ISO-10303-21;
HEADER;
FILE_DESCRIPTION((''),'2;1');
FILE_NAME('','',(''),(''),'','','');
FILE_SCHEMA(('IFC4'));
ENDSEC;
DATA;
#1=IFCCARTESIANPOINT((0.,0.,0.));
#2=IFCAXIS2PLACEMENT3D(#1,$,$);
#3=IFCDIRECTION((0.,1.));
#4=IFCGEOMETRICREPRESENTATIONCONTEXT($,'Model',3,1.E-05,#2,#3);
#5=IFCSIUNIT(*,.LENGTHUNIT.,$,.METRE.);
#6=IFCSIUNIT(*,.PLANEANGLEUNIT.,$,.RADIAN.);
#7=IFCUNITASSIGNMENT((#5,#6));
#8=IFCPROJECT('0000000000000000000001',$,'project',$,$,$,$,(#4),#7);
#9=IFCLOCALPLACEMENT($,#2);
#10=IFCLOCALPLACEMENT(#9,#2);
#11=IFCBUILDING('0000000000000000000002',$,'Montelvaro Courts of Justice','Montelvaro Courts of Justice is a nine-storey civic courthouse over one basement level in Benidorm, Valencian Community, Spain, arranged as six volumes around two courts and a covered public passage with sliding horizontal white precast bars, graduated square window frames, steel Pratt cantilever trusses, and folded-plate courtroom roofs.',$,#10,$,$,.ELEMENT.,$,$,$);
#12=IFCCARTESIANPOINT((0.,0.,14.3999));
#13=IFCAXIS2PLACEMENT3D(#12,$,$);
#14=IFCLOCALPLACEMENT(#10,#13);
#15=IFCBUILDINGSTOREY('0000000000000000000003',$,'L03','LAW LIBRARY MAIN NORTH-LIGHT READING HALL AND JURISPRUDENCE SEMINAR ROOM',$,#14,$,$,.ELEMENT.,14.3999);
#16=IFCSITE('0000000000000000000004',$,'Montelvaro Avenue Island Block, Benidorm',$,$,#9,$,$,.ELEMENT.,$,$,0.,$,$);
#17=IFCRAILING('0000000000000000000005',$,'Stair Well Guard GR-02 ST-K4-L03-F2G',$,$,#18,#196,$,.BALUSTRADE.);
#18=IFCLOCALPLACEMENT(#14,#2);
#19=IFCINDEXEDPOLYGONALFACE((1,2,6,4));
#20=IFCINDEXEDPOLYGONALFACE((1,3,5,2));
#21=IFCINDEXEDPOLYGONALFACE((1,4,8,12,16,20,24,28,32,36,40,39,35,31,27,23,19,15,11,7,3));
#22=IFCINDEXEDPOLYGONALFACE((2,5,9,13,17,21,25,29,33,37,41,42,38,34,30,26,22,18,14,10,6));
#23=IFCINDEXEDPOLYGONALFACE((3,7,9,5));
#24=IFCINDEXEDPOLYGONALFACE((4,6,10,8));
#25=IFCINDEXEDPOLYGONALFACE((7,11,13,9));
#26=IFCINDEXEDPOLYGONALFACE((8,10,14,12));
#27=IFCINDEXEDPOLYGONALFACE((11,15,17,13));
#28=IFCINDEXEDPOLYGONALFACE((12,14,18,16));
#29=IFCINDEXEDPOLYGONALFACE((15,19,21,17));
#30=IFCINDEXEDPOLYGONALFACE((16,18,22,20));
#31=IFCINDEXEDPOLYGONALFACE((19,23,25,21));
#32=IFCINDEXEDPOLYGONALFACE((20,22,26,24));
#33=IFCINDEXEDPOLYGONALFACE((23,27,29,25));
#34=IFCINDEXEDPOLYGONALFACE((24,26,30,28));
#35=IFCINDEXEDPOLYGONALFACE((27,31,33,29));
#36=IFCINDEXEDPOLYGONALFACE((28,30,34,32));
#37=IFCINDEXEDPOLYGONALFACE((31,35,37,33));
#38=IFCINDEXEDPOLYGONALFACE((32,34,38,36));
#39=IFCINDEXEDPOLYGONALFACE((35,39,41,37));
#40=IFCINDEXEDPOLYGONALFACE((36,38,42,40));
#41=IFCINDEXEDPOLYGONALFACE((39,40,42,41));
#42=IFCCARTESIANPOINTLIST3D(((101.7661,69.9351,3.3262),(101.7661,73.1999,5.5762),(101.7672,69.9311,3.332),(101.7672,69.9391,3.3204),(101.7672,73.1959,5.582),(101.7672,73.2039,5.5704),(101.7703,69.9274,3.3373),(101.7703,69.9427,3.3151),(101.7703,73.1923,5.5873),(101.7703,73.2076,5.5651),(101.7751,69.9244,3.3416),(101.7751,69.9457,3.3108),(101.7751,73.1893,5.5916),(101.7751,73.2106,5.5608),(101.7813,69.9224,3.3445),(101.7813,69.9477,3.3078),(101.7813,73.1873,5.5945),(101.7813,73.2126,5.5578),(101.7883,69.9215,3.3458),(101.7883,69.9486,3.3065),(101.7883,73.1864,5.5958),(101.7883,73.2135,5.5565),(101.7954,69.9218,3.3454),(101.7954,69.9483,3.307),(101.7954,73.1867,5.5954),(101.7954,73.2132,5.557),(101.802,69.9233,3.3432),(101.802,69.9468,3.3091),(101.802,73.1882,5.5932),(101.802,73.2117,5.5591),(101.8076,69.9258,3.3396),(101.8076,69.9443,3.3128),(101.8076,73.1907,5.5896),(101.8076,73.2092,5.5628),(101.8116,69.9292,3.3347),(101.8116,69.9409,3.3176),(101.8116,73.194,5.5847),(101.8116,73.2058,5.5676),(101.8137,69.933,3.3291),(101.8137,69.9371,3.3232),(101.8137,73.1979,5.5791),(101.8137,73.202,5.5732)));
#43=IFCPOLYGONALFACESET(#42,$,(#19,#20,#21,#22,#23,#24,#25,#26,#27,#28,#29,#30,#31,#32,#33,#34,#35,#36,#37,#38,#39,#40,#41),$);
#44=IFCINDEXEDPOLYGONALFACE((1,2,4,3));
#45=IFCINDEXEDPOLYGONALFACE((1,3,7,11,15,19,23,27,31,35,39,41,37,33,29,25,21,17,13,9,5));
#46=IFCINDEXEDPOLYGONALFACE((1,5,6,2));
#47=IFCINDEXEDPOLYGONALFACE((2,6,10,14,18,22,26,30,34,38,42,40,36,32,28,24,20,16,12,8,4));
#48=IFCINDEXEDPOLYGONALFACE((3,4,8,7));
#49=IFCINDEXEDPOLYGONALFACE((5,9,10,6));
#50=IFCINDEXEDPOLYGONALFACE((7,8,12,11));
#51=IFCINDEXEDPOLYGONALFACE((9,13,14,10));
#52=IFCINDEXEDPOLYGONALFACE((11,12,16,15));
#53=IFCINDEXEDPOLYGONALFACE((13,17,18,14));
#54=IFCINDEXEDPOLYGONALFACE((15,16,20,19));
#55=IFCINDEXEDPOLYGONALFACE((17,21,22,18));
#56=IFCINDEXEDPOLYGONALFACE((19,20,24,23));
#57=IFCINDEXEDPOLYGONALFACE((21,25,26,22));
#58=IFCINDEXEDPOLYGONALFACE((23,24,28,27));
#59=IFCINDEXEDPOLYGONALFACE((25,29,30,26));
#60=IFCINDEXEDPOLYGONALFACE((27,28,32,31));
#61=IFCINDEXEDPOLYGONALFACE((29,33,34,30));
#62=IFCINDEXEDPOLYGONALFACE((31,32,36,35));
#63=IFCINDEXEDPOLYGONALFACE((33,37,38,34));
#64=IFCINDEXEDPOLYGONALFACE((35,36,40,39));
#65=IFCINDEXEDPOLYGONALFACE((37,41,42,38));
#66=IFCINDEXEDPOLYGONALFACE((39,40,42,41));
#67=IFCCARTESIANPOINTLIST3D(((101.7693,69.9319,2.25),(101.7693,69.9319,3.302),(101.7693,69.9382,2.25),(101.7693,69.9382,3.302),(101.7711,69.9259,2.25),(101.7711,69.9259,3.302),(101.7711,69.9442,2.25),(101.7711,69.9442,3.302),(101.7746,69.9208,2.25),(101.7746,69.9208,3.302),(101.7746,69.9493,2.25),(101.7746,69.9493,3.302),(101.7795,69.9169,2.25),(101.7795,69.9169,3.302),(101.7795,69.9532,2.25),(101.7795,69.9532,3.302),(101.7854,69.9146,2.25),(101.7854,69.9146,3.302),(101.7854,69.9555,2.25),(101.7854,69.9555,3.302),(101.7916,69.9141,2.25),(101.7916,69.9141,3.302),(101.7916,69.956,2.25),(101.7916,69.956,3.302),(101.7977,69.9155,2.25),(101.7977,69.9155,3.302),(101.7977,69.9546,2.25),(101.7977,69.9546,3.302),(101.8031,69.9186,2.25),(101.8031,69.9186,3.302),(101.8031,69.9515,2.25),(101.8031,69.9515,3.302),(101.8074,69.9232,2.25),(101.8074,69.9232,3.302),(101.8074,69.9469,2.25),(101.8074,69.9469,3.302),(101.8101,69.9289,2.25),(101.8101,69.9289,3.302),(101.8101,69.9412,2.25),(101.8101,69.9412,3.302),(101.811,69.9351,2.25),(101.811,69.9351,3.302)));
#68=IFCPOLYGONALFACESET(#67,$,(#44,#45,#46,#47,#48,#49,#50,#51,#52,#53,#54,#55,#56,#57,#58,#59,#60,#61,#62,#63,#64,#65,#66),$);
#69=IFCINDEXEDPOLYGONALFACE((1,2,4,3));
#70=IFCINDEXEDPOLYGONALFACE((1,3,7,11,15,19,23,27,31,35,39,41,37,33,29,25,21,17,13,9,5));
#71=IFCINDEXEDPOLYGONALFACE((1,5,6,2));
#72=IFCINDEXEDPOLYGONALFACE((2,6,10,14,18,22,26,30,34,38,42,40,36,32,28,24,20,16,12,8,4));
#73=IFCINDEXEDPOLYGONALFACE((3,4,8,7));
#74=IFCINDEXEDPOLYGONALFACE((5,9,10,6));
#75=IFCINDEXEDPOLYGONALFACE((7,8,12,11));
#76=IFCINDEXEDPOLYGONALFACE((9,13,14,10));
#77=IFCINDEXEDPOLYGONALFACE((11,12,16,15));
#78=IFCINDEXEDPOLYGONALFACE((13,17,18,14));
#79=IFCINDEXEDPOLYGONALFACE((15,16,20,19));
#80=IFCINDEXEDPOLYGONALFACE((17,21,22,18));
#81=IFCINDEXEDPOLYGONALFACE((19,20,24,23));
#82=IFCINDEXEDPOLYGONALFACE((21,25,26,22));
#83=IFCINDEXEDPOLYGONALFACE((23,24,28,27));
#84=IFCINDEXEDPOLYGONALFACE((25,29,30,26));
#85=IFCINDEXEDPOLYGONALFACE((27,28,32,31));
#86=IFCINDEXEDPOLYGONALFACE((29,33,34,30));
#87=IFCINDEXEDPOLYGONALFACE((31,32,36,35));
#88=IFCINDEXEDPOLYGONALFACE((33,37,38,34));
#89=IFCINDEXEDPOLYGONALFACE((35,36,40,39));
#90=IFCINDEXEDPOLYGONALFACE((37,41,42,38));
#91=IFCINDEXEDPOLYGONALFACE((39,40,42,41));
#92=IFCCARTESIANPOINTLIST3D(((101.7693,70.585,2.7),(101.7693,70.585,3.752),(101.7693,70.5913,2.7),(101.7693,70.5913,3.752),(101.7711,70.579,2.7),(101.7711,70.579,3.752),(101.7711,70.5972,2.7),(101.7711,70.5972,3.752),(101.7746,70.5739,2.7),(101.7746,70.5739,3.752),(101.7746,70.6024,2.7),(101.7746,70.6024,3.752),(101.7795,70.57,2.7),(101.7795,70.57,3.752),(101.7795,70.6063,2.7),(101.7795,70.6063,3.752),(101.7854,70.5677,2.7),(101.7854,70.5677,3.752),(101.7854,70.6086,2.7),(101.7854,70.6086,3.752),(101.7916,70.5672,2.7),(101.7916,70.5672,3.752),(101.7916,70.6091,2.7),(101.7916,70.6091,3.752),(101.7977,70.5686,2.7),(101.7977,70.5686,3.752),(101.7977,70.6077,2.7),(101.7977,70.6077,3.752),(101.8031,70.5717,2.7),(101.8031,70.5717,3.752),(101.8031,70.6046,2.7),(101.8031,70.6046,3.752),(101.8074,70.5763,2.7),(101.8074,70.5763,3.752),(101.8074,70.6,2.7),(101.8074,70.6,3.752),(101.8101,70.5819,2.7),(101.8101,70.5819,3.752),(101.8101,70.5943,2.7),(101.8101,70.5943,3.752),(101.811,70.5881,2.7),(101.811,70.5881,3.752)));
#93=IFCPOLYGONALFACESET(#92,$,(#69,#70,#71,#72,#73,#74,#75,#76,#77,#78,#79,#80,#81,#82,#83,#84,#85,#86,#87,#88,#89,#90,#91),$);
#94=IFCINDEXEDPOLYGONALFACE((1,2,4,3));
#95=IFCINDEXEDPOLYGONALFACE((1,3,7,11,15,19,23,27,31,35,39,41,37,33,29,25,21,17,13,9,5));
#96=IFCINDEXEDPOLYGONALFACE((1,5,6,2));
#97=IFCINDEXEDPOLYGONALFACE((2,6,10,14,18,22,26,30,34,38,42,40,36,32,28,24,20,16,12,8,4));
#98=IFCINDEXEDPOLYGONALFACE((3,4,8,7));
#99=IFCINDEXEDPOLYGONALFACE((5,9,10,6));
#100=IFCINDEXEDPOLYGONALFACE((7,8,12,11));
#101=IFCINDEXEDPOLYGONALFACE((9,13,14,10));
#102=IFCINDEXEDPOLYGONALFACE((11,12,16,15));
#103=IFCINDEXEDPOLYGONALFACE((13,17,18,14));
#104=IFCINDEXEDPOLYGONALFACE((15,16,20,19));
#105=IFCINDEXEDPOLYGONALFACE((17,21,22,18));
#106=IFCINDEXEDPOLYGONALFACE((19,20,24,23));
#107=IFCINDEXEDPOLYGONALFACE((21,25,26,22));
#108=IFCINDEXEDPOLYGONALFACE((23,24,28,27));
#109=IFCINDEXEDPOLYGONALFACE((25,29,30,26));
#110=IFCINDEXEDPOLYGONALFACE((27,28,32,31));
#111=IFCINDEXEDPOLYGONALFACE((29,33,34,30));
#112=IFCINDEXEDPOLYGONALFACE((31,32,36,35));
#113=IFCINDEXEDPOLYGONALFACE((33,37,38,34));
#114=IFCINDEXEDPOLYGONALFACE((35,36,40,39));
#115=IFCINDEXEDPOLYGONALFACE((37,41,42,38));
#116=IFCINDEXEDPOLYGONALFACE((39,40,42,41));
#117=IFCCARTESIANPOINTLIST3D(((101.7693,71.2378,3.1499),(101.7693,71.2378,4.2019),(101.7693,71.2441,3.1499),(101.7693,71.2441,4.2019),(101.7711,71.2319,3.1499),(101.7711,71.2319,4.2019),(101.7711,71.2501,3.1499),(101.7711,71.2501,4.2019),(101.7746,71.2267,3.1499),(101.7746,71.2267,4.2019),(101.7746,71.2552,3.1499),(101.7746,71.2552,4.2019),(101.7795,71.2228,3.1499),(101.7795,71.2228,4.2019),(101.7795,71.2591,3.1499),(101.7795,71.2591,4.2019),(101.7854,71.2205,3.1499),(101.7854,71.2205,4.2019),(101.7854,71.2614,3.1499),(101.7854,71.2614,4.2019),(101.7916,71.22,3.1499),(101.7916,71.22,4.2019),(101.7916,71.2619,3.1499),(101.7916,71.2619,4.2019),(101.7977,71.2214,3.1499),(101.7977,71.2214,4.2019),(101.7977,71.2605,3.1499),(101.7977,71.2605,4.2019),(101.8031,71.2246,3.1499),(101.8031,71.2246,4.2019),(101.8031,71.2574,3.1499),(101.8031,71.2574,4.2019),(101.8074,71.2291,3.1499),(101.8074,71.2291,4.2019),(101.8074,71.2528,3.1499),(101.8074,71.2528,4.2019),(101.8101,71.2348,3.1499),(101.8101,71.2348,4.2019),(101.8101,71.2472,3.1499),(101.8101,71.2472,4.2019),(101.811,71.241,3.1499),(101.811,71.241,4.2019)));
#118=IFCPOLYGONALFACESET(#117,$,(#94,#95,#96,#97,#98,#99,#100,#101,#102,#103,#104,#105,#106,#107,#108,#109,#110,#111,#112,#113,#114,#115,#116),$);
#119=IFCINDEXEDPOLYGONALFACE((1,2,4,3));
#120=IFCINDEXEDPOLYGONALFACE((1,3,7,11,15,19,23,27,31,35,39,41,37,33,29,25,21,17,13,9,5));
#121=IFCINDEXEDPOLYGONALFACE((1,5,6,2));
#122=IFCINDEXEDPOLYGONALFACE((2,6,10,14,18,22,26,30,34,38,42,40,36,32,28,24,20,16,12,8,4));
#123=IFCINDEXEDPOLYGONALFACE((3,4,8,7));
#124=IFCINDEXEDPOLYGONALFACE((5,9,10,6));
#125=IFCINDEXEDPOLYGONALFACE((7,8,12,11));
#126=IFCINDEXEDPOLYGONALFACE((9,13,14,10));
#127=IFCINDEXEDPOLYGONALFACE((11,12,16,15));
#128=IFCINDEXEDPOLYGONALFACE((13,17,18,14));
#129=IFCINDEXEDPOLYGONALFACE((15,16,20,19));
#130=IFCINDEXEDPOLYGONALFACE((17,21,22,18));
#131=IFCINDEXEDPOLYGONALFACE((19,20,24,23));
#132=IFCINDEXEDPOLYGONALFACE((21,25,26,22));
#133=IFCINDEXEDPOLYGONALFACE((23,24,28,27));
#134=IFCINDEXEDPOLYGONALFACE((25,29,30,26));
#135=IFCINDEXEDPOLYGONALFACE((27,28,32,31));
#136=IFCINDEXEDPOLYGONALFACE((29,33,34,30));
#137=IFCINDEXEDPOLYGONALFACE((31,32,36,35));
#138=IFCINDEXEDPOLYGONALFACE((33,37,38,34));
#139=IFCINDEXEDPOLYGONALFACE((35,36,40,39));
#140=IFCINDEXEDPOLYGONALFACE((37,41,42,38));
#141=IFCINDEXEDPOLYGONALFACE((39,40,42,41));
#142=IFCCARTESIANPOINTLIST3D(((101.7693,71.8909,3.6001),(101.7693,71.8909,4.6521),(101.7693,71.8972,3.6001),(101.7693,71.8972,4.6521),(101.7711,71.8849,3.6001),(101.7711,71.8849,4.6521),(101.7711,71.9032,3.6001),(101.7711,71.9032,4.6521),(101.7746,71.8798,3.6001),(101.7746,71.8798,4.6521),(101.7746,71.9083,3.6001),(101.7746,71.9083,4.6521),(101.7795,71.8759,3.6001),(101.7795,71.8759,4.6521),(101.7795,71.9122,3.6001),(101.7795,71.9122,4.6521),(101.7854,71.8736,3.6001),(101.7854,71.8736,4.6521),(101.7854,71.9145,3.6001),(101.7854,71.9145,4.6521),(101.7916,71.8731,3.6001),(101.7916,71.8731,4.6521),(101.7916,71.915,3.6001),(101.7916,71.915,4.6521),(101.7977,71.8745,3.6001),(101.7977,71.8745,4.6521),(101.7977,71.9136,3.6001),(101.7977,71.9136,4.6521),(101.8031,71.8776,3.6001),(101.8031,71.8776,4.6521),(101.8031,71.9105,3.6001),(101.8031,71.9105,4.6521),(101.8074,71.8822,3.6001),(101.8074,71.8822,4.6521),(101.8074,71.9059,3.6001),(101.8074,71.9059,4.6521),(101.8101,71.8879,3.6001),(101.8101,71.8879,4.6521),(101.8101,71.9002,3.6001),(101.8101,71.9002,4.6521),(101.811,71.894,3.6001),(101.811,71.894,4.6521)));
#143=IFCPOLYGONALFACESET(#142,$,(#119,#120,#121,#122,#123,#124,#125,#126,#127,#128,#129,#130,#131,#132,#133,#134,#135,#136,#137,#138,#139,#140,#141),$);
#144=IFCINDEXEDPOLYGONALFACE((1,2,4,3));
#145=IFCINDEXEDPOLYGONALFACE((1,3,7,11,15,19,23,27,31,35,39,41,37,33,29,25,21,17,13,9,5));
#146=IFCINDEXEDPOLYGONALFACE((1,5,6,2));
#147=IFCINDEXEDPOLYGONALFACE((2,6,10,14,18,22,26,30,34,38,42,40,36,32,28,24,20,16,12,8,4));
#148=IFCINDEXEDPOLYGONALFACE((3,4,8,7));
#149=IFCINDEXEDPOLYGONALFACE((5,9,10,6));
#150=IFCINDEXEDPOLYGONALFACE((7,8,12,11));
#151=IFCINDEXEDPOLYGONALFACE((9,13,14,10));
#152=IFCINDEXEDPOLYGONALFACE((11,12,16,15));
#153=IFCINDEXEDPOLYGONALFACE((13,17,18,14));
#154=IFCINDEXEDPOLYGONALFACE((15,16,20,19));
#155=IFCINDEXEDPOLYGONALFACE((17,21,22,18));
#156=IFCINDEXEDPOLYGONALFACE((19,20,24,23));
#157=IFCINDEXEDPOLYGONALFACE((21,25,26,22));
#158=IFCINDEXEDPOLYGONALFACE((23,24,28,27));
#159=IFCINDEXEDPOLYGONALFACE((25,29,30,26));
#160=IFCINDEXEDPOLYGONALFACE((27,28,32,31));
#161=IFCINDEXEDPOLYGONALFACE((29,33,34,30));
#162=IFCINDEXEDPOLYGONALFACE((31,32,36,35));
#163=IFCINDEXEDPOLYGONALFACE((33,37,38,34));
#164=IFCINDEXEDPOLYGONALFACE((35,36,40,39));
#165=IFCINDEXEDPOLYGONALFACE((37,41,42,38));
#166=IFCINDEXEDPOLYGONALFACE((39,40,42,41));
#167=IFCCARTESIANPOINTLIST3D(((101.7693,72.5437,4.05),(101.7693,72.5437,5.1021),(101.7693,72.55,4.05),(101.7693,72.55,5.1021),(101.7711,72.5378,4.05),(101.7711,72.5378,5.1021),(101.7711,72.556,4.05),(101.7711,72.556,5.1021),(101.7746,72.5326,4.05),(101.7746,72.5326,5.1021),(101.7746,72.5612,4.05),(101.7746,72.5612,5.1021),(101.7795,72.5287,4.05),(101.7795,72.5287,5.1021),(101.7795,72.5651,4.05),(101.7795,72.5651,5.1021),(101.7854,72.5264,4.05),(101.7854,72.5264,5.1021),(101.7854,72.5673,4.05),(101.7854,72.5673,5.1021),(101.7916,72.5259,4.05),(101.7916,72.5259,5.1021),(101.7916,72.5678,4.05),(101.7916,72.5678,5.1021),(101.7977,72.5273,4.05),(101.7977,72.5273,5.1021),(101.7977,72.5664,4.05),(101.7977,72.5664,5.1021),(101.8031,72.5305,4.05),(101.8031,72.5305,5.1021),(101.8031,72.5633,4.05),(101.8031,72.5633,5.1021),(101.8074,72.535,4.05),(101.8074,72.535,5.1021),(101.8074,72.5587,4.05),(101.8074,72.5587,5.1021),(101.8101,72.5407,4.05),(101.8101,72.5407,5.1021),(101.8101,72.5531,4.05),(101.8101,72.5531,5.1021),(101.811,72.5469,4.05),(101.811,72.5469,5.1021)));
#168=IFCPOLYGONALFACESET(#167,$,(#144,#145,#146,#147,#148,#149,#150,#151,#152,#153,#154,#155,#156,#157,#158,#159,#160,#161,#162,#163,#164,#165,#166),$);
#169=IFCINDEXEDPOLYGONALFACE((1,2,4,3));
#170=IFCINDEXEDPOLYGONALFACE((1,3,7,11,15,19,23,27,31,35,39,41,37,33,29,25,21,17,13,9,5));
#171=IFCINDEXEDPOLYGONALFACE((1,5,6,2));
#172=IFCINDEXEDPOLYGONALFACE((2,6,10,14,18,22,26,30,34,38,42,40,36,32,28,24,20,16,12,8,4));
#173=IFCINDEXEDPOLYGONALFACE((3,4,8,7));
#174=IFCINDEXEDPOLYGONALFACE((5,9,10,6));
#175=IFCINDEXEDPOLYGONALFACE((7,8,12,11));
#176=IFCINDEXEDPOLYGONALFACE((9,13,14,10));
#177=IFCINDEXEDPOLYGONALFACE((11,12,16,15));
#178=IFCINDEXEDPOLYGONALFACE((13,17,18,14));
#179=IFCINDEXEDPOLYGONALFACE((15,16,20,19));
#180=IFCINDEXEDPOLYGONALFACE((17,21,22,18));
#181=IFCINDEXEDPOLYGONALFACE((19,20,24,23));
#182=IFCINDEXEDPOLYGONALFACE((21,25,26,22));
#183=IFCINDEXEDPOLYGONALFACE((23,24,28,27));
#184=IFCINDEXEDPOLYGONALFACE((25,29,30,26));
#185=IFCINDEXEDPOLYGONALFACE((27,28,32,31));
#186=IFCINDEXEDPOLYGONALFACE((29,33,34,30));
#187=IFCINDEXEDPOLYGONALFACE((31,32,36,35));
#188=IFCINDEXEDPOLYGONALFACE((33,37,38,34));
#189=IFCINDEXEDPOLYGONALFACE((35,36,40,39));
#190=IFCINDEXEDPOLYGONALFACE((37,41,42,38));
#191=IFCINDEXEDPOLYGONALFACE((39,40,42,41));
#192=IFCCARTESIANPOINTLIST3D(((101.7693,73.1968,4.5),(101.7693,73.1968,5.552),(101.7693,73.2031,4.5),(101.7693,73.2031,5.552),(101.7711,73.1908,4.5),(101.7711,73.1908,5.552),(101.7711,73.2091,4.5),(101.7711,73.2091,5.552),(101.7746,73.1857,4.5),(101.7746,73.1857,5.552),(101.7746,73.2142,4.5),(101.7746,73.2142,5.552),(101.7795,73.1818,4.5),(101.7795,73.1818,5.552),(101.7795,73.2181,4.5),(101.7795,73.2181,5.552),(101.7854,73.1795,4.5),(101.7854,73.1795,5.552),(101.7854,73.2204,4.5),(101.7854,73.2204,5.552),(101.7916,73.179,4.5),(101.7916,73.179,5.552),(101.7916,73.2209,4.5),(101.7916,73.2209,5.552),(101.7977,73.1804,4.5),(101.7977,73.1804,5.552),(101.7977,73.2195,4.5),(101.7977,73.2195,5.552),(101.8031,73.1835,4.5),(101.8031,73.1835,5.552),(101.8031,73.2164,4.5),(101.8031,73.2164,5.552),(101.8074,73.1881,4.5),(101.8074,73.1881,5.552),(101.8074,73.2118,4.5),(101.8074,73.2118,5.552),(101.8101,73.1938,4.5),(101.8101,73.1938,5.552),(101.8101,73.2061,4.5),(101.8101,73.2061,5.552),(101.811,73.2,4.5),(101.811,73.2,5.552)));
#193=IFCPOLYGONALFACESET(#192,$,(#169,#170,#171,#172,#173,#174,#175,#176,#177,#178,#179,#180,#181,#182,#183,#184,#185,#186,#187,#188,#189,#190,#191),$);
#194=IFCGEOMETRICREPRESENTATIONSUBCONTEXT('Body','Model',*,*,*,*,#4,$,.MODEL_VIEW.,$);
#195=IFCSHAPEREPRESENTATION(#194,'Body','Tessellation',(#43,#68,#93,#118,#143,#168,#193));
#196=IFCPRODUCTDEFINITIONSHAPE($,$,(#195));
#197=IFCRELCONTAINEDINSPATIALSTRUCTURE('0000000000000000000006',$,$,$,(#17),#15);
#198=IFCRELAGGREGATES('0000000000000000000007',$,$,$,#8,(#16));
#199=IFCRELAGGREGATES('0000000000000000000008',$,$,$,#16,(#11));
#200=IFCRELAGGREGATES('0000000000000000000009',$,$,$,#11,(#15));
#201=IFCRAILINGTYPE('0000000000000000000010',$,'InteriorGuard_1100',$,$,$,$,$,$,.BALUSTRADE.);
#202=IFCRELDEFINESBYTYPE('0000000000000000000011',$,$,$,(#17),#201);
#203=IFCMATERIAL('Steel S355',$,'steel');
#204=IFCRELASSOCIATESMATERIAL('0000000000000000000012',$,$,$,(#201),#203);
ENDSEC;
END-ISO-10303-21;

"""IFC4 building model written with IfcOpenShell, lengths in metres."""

from ifc_helpers import new_model, si_unit, direction, frame, origin, origin_2d, place, context, subcontext, project, spatial, circle, extrude, material, type_object, element, save


model = new_model("IFC4")

# Units and contexts
model_context = context("Model", 3, precision=1e-05, world=origin(), true_north=direction((0.0, 1.0)))
body_context = subcontext(model_context, "Body", "Model", "MODEL_VIEW")
ifc_project = project(units=[si_unit("LENGTHUNIT", "METRE"), si_unit("PLANEANGLEUNIT", "RADIAN")], contexts=[model_context])

# Site, building, storey
site_placement = place(None, origin())
site = spatial("IfcSite", under=ifc_project, at=site_placement, Name="Montelvaro Avenue Island Block, Benidorm", CompositionType="ELEMENT", RefElevation=0.0)
building_placement = place(site_placement, origin())
building = spatial("IfcBuilding", under=site, at=building_placement, Name="Montelvaro Courts of Justice", Description="Montelvaro Courts of Justice is a nine-storey civic courthouse over one basement level in Benidorm, Valencian Community, Spain, arranged as six volumes around two courts and a covered public passage with sliding horizontal white precast bars, graduated square window frames, steel Pratt cantilever trusses, and folded-plate courtroom roofs.", CompositionType="ELEMENT")
storey_placement = place(building_placement, frame((0.0, 0.0, 14.3999)))
storey = spatial("IfcBuildingStorey", under=building, at=storey_placement, Name="L03", Description="LAW LIBRARY MAIN NORTH-LIGHT READING HALL AND JURISPRUDENCE SEMINAR ROOM", CompositionType="ELEMENT", Elevation=14.3999)

# Shared definitions
ifc_material_1 = material(Name="Steel S355", Category="steel")

# Railing
railing_type_1 = type_object("IfcRailingType", Name="InteriorGuard_1100", PredefinedType="BALUSTRADE", material=ifc_material_1)
railing_1_placement = place(storey_placement, frame((101.79, 69.9351, 2.25)))
element("IfcRailing", 1, at=railing_1_placement, inside=storey, type_object=railing_type_1, Name="Stair Well Guard GR-02 ST-K4-L03-F2G", PredefinedType="BALUSTRADE", context=body_context, shape_type="SweptSolid", body=[
    extrude(circle(Radius=0.0239, at=origin_2d()), frame((0.0, 0.0, 1.0762), z_axis=(0.0, 0.823407, 0.567451), x_axis=(-1.0, 0.0, 0.0)), (0.0, 0.0, 1.0), 3.9651),
    extrude(circle(Radius=0.021, at=origin_2d()), origin(), (0.0, 0.0, 1.0), 1.052),
    extrude(circle(Radius=0.021, at=origin_2d()), frame((0.0, 0.6531, 0.45)), (0.0, 0.0, 1.0), 1.052),
    extrude(circle(Radius=0.021, at=origin_2d()), frame((0.0, 1.3059, 0.8999)), (0.0, 0.0, 1.0), 1.052),
    extrude(circle(Radius=0.021, at=origin_2d()), frame((0.0, 1.959, 1.3501)), (0.0, 0.0, 1.0), 1.052),
    extrude(circle(Radius=0.021, at=origin_2d()), frame((0.0, 2.6118, 1.8)), (0.0, 0.0, 1.0), 1.052),
    extrude(circle(Radius=0.021, at=origin_2d()), frame((0.0, 3.2649, 2.25)), (0.0, 0.0, 1.0), 1.052),
])

save(model, "model.ifc")
